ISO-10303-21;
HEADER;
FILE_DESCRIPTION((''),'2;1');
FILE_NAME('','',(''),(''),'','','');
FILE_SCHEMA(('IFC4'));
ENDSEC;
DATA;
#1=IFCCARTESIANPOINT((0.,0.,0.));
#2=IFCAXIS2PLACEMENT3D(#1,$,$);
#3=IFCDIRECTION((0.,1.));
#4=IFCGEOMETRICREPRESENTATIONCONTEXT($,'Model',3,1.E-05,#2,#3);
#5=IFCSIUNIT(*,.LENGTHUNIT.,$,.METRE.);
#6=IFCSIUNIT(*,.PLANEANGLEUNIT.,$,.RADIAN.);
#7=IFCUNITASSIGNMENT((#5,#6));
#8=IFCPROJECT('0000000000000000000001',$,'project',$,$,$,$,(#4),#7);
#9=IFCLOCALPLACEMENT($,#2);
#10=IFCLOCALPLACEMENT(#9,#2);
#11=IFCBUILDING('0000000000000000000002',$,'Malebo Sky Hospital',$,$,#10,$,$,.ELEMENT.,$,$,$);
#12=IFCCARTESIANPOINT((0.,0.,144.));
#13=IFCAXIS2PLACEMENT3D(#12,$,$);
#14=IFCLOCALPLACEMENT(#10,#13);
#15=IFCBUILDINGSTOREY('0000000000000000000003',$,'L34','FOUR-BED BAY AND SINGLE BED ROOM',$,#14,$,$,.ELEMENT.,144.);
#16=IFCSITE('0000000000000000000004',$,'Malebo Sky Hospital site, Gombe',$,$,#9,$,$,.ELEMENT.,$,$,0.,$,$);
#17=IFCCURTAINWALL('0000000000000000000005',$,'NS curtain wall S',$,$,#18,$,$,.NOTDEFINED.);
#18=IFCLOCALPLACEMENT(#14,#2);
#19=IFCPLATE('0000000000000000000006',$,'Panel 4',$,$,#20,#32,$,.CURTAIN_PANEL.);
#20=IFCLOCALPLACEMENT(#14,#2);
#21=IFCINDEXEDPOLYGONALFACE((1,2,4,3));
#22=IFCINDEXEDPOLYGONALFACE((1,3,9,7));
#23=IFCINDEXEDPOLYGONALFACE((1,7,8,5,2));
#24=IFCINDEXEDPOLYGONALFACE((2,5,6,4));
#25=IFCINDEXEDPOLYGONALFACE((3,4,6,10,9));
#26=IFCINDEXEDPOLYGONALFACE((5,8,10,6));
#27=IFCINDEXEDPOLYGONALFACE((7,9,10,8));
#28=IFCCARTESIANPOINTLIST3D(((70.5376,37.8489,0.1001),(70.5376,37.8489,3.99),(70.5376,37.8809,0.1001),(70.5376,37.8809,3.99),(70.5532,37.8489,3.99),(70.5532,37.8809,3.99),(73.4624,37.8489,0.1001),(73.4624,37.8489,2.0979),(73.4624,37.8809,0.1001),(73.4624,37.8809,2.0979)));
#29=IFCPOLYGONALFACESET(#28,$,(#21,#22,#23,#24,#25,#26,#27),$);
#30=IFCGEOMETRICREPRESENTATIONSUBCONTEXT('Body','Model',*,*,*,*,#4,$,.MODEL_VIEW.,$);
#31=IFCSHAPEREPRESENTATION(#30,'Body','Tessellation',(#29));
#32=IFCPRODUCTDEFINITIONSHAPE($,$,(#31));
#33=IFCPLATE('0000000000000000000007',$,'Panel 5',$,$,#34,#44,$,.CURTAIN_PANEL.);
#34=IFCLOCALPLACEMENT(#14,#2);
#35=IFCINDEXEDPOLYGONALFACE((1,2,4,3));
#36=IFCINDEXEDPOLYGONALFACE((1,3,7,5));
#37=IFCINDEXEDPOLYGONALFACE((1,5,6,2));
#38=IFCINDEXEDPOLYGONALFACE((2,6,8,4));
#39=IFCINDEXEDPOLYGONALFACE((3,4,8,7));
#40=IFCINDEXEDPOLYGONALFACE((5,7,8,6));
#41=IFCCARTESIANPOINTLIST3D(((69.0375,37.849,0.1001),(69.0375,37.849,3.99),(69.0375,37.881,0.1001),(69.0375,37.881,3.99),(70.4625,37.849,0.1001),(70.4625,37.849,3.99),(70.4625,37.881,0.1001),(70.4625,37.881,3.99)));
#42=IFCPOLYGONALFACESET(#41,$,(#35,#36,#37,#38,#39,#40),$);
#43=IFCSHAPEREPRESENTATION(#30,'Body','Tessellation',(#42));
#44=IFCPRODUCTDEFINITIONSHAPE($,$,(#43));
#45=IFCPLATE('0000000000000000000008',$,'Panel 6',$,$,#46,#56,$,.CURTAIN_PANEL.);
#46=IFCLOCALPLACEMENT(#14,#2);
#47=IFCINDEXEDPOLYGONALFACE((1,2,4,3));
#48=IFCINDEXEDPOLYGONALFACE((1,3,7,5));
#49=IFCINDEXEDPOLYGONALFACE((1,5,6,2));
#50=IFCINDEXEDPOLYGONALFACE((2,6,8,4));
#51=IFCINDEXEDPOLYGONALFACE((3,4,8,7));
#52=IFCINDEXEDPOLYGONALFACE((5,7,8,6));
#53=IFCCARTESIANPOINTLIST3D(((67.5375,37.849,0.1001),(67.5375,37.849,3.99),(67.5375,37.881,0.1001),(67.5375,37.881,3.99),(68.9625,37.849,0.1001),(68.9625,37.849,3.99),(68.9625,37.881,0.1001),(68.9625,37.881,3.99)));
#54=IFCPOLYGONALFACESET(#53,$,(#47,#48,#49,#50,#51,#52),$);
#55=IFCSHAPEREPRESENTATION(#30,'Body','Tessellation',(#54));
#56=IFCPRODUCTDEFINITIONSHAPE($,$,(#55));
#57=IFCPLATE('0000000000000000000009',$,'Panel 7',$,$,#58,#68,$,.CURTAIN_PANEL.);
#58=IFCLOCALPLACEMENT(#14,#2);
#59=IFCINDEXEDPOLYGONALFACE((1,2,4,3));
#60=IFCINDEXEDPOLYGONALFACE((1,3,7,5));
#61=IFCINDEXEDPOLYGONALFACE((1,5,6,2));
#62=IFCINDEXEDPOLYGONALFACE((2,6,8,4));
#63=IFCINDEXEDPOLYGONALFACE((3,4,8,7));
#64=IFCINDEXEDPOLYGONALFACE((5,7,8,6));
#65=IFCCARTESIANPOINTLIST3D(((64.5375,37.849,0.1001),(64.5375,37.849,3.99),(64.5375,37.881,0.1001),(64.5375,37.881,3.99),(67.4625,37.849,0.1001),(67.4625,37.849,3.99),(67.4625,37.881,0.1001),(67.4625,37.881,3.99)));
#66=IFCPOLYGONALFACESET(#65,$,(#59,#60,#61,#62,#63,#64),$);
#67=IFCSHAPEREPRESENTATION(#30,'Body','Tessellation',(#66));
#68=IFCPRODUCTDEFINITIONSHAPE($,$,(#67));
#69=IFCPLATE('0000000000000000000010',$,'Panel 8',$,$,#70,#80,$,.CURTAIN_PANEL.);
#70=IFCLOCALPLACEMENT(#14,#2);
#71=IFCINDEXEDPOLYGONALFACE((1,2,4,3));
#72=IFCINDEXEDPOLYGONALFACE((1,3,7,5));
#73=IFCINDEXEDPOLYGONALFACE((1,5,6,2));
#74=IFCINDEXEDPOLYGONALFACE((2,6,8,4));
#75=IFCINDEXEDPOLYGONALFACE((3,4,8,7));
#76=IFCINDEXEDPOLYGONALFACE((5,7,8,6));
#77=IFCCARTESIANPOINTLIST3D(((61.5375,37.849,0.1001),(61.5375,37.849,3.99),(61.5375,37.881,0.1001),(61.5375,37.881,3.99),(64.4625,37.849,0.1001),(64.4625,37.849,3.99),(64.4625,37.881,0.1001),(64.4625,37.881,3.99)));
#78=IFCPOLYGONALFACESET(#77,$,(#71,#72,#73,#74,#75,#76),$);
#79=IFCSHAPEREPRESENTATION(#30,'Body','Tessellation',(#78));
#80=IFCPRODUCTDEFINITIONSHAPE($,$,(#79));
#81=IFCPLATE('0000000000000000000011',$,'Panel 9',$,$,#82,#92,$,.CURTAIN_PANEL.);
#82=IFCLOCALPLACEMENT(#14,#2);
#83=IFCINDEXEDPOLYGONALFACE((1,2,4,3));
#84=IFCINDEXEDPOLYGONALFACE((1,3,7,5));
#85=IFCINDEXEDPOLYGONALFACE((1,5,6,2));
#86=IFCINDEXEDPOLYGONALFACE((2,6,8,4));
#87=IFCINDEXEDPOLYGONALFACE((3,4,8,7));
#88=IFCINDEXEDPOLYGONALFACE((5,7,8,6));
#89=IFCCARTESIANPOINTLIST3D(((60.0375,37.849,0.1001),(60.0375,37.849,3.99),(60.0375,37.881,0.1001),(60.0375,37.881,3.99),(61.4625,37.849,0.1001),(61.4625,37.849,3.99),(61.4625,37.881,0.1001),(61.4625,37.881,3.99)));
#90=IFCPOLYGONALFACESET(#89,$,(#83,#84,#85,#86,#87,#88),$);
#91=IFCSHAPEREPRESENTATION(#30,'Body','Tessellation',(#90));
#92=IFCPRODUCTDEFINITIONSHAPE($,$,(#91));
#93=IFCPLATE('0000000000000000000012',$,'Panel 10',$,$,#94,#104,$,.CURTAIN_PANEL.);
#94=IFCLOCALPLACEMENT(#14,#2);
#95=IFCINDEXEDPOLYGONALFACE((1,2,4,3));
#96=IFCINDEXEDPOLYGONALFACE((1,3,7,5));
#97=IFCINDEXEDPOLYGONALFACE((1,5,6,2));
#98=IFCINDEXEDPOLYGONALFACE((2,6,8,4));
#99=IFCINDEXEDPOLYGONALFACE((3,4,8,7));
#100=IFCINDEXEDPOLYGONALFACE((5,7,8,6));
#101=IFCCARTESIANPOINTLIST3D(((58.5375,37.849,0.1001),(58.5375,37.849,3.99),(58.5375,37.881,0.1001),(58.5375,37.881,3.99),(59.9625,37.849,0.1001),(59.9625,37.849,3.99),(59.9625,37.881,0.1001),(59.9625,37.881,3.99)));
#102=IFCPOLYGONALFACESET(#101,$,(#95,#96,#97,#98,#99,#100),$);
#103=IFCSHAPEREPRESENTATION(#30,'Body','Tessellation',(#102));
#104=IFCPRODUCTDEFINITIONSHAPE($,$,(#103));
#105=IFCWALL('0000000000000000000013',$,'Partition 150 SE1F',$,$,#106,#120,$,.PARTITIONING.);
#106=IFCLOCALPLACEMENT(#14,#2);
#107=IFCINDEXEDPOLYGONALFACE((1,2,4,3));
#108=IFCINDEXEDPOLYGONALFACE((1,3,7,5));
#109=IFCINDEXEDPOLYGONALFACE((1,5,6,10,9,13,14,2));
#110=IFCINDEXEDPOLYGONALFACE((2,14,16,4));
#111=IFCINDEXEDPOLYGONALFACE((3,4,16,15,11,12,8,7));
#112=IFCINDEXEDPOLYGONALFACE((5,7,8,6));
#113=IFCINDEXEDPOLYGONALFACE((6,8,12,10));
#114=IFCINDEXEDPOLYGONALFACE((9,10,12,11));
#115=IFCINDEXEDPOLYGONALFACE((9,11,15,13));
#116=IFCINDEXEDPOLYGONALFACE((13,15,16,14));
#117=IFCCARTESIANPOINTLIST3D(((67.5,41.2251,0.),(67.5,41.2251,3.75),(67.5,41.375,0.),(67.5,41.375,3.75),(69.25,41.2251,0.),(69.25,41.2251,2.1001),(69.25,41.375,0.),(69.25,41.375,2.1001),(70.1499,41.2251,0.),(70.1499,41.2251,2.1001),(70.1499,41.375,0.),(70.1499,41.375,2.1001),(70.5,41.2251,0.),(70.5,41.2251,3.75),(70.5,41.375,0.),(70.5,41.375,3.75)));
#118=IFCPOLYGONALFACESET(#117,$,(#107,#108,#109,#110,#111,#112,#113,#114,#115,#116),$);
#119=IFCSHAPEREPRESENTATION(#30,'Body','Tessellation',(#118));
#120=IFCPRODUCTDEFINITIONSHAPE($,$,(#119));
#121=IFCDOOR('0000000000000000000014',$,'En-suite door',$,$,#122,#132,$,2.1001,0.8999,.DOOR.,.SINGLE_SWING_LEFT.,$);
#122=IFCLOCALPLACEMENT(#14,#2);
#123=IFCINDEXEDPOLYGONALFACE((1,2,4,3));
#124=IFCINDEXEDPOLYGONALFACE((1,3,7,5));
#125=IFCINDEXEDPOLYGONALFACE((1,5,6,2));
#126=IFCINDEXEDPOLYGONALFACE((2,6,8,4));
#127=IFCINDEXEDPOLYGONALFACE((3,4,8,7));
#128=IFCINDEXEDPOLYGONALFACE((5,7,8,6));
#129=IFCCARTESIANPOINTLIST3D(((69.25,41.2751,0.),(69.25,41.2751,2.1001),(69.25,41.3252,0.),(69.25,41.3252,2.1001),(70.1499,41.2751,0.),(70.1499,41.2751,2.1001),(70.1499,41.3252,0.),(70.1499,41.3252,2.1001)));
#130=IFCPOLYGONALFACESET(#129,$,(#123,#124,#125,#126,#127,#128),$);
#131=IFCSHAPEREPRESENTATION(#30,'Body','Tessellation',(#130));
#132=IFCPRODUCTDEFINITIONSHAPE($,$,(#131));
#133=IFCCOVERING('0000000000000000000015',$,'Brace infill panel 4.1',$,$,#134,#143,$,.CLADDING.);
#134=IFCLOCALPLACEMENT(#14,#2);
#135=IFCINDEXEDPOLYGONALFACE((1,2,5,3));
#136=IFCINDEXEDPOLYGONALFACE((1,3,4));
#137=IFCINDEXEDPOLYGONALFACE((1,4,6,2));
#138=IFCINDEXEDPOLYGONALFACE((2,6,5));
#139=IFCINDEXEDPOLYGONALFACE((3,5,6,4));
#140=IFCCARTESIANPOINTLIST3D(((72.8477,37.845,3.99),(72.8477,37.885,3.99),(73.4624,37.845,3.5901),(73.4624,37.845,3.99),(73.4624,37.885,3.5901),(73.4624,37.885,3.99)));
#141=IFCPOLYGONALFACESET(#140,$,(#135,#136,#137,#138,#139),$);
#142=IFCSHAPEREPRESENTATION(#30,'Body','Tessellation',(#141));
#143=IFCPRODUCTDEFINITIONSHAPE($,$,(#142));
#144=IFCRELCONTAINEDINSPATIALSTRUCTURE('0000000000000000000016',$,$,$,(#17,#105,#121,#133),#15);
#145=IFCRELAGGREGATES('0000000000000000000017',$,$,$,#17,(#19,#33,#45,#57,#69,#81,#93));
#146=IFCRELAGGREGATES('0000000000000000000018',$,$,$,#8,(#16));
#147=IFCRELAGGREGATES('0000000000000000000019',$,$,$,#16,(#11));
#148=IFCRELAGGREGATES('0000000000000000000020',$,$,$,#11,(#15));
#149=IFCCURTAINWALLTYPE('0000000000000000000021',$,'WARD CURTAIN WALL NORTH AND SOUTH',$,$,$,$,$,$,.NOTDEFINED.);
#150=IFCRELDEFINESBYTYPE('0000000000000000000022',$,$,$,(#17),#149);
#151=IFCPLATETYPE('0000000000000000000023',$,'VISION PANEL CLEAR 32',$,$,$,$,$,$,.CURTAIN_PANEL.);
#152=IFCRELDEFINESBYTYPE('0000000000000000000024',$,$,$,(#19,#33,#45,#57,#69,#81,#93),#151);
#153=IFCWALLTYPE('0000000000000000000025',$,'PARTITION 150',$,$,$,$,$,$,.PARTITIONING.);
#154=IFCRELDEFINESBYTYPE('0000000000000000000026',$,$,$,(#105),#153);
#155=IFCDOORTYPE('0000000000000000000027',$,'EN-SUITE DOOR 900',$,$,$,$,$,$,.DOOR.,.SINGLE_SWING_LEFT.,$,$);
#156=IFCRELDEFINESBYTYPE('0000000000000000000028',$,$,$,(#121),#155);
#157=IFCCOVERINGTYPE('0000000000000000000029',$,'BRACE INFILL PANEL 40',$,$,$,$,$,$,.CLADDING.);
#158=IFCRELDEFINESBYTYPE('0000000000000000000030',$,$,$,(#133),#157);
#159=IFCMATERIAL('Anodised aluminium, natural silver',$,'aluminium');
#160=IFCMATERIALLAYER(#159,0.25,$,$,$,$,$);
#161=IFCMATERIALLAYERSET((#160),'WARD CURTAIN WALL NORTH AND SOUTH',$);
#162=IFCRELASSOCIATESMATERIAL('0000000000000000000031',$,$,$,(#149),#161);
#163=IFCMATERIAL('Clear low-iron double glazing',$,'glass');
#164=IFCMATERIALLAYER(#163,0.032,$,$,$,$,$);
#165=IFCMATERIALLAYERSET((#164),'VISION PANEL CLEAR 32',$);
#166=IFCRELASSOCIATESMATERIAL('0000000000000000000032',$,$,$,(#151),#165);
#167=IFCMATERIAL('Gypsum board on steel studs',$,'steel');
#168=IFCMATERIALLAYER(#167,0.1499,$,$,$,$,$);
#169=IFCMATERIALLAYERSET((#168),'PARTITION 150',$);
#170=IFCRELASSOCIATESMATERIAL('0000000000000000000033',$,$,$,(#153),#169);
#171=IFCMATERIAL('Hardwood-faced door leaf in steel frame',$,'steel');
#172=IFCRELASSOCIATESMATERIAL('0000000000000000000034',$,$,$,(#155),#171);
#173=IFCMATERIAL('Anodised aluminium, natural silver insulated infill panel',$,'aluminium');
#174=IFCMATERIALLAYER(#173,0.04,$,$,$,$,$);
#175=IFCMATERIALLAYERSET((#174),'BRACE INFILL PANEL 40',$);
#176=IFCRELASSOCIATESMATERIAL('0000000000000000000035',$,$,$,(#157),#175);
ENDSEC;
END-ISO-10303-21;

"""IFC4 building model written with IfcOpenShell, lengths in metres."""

from ifc_helpers import new_model, si_unit, direction, frame, frame_2d, origin, origin_2d, place, context, subcontext, project, spatial, polyline, rectangle, outline, extrude, material, layer, layer_set, type_object, element, fill, aggregate, save


model = new_model("IFC4")

# Units and contexts
model_context = context("Model", 3, precision=1e-05, world=origin(), true_north=direction((0.0, 1.0)))
body_context = subcontext(model_context, "Body", "Model", "MODEL_VIEW")
ifc_project = project(units=[si_unit("LENGTHUNIT", "METRE"), si_unit("PLANEANGLEUNIT", "RADIAN")], contexts=[model_context])

# Site, building, storey
site_placement = place(None, origin())
site = spatial("IfcSite", under=ifc_project, at=site_placement, Name="Malebo Sky Hospital site, Gombe", CompositionType="ELEMENT", RefElevation=0.0)
building_placement = place(site_placement, origin())
building = spatial("IfcBuilding", under=site, at=building_placement, Name="Malebo Sky Hospital", CompositionType="ELEMENT")
storey_placement = place(building_placement, frame((0.0, 0.0, 144.0)))
storey = spatial("IfcBuildingStorey", under=building, at=storey_placement, Name="L34", Description="FOUR-BED BAY AND SINGLE BED ROOM", CompositionType="ELEMENT", Elevation=144.0)

# Curtain wall
ifc_material_1 = material(Name="Anodised aluminium, natural silver", Category="aluminium")
ifc_layer_1 = layer(ifc_material_1, 0.25)
ifc_layer_set_1 = layer_set([ifc_layer_1], Name="WARD CURTAIN WALL NORTH AND SOUTH")
curtain_wall_type = type_object("IfcCurtainWallType", Name="WARD CURTAIN WALL NORTH AND SOUTH", PredefinedType="NOTDEFINED", material=ifc_layer_set_1)
curtain_wall_placement = place(storey_placement, origin())
curtain_wall = element("IfcCurtainWall", 1, at=curtain_wall_placement, inside=storey, type_object=curtain_wall_type, Name="NS curtain wall S", PredefinedType="NOTDEFINED")

# Plates
ifc_material_2 = material(Name="Clear low-iron double glazing", Category="glass")
ifc_layer_2 = layer(ifc_material_2, 0.032)
ifc_layer_set_2 = layer_set([ifc_layer_2], Name="VISION PANEL CLEAR 32")
plate_type = type_object("IfcPlateType", Name="VISION PANEL CLEAR 32", PredefinedType="CURTAIN_PANEL", material=ifc_layer_set_2)
plate_1_placement = place(storey_placement, frame((72.0, 37.865, 0.1001), z_axis=(0.0, 0.0, 1.0), x_axis=(-1.0, 0.0, 0.0)))
plate_1 = element("IfcPlate", 2, at=plate_1_placement, type_object=plate_type, Name="Panel 4", PredefinedType="CURTAIN_PANEL", context=body_context, shape_type="SweptSolid", body=[
    extrude(outline(polyline([(-1.4624, 0.0), (1.4624, 0.0), (1.4624, 3.8899), (1.4468, 3.8899), (-1.4624, 1.9978), (-1.4624, 0.0)])), frame((0.0, 0.0161, 0.0), z_axis=(0.0, -1.0, 0.0), x_axis=(1.0, 0.0, 0.0)), (0.0, 0.0, 1.0), 0.032),
])
plate_2_placement = place(storey_placement, frame((69.75, 37.865, 0.1001), z_axis=(0.0, 0.0, 1.0), x_axis=(-1.0, 0.0, 0.0)))
plate_2 = element("IfcPlate", 3, at=plate_2_placement, type_object=plate_type, Name="Panel 5", PredefinedType="CURTAIN_PANEL", context=body_context, shape_type="SweptSolid", body=[
    extrude(rectangle(XDim=1.425, YDim=0.032, at=origin_2d()), origin(), (0.0, 0.0, 1.0), 3.8899),
])
plate_3_placement = place(storey_placement, frame((68.25, 37.865, 0.1001), z_axis=(0.0, 0.0, 1.0), x_axis=(-1.0, 0.0, 0.0)))
plate_3 = element("IfcPlate", 4, at=plate_3_placement, type_object=plate_type, Name="Panel 6", PredefinedType="CURTAIN_PANEL", context=body_context, shape_type="SweptSolid", body=[
    extrude(rectangle(XDim=1.425, YDim=0.032, at=origin_2d()), origin(), (0.0, 0.0, 1.0), 3.8899),
])
plate_4_placement = place(storey_placement, frame((66.0, 37.865, 0.1001), z_axis=(0.0, 0.0, 1.0), x_axis=(-1.0, 0.0, 0.0)))
plate_4 = element("IfcPlate", 5, at=plate_4_placement, type_object=plate_type, Name="Panel 7", PredefinedType="CURTAIN_PANEL", context=body_context, shape_type="SweptSolid", body=[
    extrude(rectangle(XDim=2.925, YDim=0.032, at=origin_2d()), origin(), (0.0, 0.0, 1.0), 3.8899),
])
plate_5_placement = place(storey_placement, frame((63.0, 37.865, 0.1001), z_axis=(0.0, 0.0, 1.0), x_axis=(-1.0, 0.0, 0.0)))
plate_5 = element("IfcPlate", 6, at=plate_5_placement, type_object=plate_type, Name="Panel 8", PredefinedType="CURTAIN_PANEL", context=body_context, shape_type="SweptSolid", body=[
    extrude(rectangle(XDim=2.925, YDim=0.032, at=origin_2d()), origin(), (0.0, 0.0, 1.0), 3.8899),
])
plate_6_placement = place(storey_placement, frame((60.75, 37.865, 0.1001), z_axis=(0.0, 0.0, 1.0), x_axis=(-1.0, 0.0, 0.0)))
plate_6 = element("IfcPlate", 7, at=plate_6_placement, type_object=plate_type, Name="Panel 9", PredefinedType="CURTAIN_PANEL", context=body_context, shape_type="SweptSolid", body=[
    extrude(rectangle(XDim=1.425, YDim=0.032, at=origin_2d()), origin(), (0.0, 0.0, 1.0), 3.8899),
])
plate_7_placement = place(storey_placement, frame((59.25, 37.865, 0.1001), z_axis=(0.0, 0.0, 1.0), x_axis=(-1.0, 0.0, 0.0)))
plate_7 = element("IfcPlate", 8, at=plate_7_placement, type_object=plate_type, Name="Panel 10", PredefinedType="CURTAIN_PANEL", context=body_context, shape_type="SweptSolid", body=[
    extrude(rectangle(XDim=1.425, YDim=0.032, at=origin_2d()), origin(), (0.0, 0.0, 1.0), 3.8899),
])
aggregate(curtain_wall, [plate_1, plate_2, plate_3, plate_4, plate_5, plate_6, plate_7])

# Wall, opening, door
ifc_material_3 = material(Name="Gypsum board on steel studs", Category="steel")
ifc_layer_3 = layer(ifc_material_3, 0.1499)
ifc_layer_set_3 = layer_set([ifc_layer_3], Name="PARTITION 150")
wall_type = type_object("IfcWallType", Name="PARTITION 150", PredefinedType="PARTITIONING", material=ifc_layer_set_3)
wall_placement = place(storey_placement, frame((70.5, 41.3, 0.0), z_axis=(0.0, 0.0, 1.0), x_axis=(-1.0, 0.0, 0.0)))
wall = element("IfcWall", 9, at=wall_placement, inside=storey, type_object=wall_type, Name="Partition 150 SE1F", PredefinedType="PARTITIONING", context=body_context, shape_type="SweptSolid", body=[
    extrude(rectangle(XDim=3.0, YDim=0.1499, at=frame_2d((1.5, 0.0))), origin(), (0.0, 0.0, 1.0), 3.75),
])
opening_placement = place(wall_placement, frame((0.3501, 0.0, 0.0)))
opening = element("IfcOpeningElement", 10, at=opening_placement, cuts=wall, PredefinedType="OPENING", context=body_context, shape_type="SweptSolid", body=[
    extrude(rectangle(XDim=0.8999, YDim=2.1001, at=frame_2d((0.45, 1.05))), frame((0.0, 0.085, 0.0), z_axis=(0.0, -1.0, 0.0), x_axis=(1.0, 0.0, 0.0)), (0.0, 0.0, 1.0), 0.1699),
])
ifc_material_4 = material(Name="Hardwood-faced door leaf in steel frame", Category="steel")
door_type = type_object("IfcDoorType", Name="EN-SUITE DOOR 900", OperationType="SINGLE_SWING_LEFT", PredefinedType="DOOR", material=ifc_material_4)
door_placement = place(opening_placement, origin())
door = element("IfcDoor", 11, at=door_placement, inside=storey, type_object=door_type, Name="En-suite door", OperationType="SINGLE_SWING_LEFT", OverallHeight=2.1001, OverallWidth=0.8999, PredefinedType="DOOR", context=body_context, shape_type="SweptSolid", body=[
    extrude(rectangle(XDim=0.8999, YDim=2.1001, at=frame_2d((0.45, 1.05))), frame((0.0, 0.0249, 0.0), z_axis=(0.0, -1.0, 0.0), x_axis=(1.0, 0.0, 0.0)), (0.0, 0.0, 1.0), 0.05),
])
fill(opening, door)

# Covering
ifc_material_5 = material(Name="Anodised aluminium, natural silver insulated infill panel", Category="aluminium")
ifc_layer_4 = layer(ifc_material_5, 0.04)
ifc_layer_set_4 = layer_set([ifc_layer_4], Name="BRACE INFILL PANEL 40")
covering_type = type_object("IfcCoveringType", Name="BRACE INFILL PANEL 40", PredefinedType="CLADDING", material=ifc_layer_set_4)
covering_placement = place(storey_placement, frame((73.155, 37.865, 3.5901), z_axis=(0.0, 0.0, 1.0), x_axis=(-1.0, 0.0, 0.0)))
element("IfcCovering", 12, at=covering_placement, inside=storey, type_object=covering_type, Name="Brace infill panel 4.1", PredefinedType="CLADDING", context=body_context, shape_type="SweptSolid", body=[
    extrude(outline(polyline([(-0.3074, 0.0), (0.3074, 0.3999), (-0.3074, 0.3999), (-0.3074, 0.0)])), frame((0.0, 0.02, 0.0), z_axis=(0.0, -1.0, 0.0), x_axis=(1.0, 0.0, 0.0)), (0.0, 0.0, 1.0), 0.04),
])

save(model, "model.ifc")
